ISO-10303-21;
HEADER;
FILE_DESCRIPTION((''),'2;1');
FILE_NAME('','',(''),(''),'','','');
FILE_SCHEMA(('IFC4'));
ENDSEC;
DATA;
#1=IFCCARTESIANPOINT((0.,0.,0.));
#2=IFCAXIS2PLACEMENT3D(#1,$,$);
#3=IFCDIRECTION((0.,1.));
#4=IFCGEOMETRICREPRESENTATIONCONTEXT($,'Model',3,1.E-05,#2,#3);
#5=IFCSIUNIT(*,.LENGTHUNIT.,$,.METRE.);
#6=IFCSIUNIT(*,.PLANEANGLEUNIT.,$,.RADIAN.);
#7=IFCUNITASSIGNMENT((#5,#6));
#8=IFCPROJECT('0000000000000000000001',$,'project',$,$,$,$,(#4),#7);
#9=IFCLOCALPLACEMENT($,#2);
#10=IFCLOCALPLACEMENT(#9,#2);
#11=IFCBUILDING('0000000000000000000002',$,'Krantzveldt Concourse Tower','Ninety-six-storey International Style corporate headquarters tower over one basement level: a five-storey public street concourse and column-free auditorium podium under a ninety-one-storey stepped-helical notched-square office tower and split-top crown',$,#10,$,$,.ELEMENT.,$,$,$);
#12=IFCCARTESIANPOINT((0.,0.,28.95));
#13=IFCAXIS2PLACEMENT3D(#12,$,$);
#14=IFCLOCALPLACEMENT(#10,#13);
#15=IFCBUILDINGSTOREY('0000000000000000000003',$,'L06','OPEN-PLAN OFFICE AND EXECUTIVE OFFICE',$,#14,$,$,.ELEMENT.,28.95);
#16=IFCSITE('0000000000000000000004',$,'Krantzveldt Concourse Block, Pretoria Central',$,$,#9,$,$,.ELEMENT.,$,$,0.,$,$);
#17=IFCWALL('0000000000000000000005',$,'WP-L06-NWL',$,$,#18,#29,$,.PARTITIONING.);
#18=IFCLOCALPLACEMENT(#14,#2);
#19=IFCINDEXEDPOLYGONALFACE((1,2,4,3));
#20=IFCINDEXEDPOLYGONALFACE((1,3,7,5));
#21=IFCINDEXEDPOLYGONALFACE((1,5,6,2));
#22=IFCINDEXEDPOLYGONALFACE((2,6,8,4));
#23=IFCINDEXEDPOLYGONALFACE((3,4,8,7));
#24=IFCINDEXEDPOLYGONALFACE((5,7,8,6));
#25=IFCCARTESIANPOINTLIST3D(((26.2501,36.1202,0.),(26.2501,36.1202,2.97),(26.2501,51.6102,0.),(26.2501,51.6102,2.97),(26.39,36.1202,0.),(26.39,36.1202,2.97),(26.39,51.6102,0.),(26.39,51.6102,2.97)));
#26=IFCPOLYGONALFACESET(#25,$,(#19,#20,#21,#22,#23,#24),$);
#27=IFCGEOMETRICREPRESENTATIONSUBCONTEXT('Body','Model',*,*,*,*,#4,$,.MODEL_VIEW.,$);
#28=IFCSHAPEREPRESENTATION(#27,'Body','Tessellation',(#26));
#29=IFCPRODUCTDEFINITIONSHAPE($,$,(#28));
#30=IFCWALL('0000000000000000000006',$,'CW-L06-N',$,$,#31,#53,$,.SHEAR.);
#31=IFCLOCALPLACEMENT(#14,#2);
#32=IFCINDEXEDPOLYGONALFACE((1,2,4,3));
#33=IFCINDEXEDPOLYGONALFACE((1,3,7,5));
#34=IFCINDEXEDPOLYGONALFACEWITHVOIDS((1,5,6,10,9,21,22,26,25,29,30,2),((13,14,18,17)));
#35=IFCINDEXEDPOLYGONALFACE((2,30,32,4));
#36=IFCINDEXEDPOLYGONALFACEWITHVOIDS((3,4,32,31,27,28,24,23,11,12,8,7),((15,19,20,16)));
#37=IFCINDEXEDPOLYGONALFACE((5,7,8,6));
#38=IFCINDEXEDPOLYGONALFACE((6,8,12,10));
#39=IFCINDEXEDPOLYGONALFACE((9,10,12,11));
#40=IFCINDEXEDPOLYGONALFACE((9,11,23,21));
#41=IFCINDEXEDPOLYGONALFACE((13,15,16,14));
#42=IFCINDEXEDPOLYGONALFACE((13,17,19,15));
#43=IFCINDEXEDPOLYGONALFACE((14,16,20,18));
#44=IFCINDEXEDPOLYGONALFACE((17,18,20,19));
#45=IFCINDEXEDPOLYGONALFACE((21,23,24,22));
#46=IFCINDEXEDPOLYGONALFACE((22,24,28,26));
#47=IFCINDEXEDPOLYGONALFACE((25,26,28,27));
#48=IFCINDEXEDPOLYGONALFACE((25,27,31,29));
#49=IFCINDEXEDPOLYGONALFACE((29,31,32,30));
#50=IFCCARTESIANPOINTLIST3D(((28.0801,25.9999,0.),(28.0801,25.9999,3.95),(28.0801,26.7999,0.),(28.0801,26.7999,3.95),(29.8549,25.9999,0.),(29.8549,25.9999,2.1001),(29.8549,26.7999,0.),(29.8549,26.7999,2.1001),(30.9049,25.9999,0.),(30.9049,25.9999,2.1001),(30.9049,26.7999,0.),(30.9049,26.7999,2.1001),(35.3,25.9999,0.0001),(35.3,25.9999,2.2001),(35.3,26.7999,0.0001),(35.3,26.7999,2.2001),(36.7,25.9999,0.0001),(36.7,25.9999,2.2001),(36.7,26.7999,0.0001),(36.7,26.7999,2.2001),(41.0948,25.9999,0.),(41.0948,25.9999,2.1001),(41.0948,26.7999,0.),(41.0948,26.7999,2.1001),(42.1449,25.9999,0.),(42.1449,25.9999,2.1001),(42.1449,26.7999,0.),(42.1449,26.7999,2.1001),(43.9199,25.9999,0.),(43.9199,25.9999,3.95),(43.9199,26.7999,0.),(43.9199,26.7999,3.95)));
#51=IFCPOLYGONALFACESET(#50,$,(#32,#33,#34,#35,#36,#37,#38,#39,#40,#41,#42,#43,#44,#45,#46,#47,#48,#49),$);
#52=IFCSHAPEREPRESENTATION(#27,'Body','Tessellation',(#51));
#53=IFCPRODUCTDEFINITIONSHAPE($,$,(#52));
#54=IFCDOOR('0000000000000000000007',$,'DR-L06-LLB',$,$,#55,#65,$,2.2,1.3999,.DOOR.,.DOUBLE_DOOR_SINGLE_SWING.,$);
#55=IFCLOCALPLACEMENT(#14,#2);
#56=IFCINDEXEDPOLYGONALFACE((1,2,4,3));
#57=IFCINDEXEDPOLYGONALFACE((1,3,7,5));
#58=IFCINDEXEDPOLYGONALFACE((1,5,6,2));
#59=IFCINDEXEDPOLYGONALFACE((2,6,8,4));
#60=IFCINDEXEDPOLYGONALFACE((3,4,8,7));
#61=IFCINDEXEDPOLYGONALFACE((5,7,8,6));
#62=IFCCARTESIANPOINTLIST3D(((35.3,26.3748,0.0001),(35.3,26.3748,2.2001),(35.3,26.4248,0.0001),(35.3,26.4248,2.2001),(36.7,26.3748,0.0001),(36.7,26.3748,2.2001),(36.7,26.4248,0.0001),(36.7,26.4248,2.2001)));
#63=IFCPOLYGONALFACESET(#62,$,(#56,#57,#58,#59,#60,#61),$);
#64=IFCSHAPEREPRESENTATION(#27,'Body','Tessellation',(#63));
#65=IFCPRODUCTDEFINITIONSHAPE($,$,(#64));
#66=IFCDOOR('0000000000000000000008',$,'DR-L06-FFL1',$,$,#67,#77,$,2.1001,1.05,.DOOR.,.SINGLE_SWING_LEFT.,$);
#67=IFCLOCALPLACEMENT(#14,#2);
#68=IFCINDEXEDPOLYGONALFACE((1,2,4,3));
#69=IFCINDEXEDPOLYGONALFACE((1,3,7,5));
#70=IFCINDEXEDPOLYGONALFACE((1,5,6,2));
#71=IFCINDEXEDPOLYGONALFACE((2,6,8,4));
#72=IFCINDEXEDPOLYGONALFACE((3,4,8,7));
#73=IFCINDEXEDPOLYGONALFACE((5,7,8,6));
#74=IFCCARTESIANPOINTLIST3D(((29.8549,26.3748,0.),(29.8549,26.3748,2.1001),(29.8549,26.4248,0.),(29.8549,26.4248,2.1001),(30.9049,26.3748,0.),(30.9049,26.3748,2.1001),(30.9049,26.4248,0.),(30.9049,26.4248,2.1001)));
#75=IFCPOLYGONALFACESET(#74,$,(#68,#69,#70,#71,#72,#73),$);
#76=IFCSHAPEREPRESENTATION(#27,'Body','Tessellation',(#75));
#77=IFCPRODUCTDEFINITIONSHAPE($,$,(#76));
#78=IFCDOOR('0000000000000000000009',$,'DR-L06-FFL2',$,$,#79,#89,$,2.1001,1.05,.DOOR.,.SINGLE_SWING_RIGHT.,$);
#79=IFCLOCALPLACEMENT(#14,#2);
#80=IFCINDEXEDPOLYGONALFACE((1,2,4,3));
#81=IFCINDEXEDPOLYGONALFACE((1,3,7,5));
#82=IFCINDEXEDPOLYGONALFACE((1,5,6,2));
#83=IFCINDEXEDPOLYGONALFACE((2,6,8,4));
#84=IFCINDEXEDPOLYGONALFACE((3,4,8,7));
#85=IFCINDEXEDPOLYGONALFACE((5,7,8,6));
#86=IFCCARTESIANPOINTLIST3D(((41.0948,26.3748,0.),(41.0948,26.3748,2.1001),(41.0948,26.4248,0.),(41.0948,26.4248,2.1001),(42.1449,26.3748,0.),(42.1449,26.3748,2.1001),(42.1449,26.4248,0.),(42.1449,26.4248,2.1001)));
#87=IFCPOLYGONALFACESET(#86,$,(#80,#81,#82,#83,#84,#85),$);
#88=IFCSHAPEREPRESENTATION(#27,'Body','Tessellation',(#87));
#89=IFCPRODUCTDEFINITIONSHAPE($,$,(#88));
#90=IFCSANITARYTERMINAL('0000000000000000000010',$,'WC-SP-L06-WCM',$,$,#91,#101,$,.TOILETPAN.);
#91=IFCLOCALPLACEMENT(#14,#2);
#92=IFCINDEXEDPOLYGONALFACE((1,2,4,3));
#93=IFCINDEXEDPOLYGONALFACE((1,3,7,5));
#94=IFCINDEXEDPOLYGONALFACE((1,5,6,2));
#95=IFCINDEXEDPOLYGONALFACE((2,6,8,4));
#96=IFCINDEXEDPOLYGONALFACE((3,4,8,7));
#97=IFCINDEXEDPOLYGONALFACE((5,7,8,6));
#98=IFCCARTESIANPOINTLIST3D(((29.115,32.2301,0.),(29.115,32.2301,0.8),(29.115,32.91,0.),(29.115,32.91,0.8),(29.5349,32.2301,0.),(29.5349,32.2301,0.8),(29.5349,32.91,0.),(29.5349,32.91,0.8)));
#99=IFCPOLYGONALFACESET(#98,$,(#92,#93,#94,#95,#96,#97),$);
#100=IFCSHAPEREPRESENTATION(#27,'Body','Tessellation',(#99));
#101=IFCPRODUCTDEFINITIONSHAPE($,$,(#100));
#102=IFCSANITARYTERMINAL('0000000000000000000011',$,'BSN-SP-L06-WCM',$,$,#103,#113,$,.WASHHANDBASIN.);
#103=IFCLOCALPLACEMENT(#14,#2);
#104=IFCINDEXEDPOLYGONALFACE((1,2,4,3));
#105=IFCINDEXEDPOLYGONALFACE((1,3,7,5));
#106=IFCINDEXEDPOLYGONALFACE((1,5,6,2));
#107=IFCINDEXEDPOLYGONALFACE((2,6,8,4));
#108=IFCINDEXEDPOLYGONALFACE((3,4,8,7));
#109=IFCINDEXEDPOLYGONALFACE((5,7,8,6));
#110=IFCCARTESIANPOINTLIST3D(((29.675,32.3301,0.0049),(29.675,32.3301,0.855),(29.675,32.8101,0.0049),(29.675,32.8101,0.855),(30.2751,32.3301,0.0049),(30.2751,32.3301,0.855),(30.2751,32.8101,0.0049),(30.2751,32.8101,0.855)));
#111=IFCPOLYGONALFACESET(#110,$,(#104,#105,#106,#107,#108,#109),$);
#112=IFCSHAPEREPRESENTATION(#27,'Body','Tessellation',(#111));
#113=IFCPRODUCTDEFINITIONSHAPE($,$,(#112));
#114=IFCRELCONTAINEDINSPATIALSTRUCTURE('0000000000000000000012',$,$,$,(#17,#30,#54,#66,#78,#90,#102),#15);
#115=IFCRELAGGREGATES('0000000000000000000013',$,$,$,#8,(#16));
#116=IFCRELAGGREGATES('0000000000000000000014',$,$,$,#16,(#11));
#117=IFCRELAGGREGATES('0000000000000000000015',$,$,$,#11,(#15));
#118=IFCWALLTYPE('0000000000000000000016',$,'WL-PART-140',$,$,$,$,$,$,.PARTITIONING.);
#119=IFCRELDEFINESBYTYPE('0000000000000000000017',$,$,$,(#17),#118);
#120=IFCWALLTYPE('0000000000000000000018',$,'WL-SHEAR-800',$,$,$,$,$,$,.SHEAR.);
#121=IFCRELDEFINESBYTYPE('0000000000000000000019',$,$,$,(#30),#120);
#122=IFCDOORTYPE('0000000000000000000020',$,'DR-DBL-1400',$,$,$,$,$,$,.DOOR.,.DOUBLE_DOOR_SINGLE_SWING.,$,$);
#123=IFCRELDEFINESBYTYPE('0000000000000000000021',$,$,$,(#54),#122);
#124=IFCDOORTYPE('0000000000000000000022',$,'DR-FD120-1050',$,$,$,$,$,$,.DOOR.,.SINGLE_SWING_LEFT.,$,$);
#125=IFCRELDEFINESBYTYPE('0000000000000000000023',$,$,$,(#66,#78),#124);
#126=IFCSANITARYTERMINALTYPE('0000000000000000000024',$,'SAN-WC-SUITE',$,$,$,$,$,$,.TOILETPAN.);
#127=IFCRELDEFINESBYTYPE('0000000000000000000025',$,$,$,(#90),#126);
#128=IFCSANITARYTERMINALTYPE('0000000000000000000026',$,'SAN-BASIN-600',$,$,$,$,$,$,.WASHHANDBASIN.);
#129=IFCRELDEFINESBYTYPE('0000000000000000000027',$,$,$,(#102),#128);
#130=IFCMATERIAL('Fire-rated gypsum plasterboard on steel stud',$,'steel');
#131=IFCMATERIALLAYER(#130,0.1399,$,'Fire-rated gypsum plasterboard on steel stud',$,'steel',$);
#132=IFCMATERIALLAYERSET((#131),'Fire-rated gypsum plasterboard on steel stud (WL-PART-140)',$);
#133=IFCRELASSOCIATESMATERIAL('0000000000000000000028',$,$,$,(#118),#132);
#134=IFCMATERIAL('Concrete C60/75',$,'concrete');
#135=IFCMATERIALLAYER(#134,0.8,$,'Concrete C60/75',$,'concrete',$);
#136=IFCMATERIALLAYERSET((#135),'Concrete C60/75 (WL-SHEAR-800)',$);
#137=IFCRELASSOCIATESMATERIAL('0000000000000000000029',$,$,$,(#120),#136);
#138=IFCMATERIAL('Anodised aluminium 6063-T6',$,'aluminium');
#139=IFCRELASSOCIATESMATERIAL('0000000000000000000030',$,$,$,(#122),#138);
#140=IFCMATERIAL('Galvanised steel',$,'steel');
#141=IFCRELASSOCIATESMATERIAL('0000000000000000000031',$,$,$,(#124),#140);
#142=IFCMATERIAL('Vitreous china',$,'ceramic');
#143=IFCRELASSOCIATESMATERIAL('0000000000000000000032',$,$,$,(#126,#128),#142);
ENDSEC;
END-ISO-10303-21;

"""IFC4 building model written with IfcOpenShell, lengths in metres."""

from ifc_helpers import new_model, si_unit, direction, frame, frame_2d, origin, origin_2d, place, context, subcontext, project, spatial, rectangle, extrude, source, transform, mapped, material, layer, layer_set, type_object, type_shapes, element, fill, save


model = new_model("IFC4")

# Units and contexts
model_context = context("Model", 3, precision=1e-05, world=origin(), true_north=direction((0.0, 1.0)))
body_context = subcontext(model_context, "Body", "Model", "MODEL_VIEW")
ifc_project = project(units=[si_unit("LENGTHUNIT", "METRE"), si_unit("PLANEANGLEUNIT", "RADIAN")], contexts=[model_context])

# Site, building, storey
site_placement = place(None, origin())
site = spatial("IfcSite", under=ifc_project, at=site_placement, Name="Krantzveldt Concourse Block, Pretoria Central", CompositionType="ELEMENT", RefElevation=0.0)
building_placement = place(site_placement, origin())
building = spatial("IfcBuilding", under=site, at=building_placement, Name="Krantzveldt Concourse Tower", Description="Ninety-six-storey International Style corporate headquarters tower over one basement level: a five-storey public street concourse and column-free auditorium podium under a ninety-one-storey stepped-helical notched-square office tower and split-top crown", CompositionType="ELEMENT")
storey_placement = place(building_placement, frame((0.0, 0.0, 28.95)))
storey = spatial("IfcBuildingStorey", under=building, at=storey_placement, Name="L06", Description="OPEN-PLAN OFFICE AND EXECUTIVE OFFICE", CompositionType="ELEMENT", Elevation=28.95)

# Shared definitions
ifc_material_1 = material(Name="Fire-rated gypsum plasterboard on steel stud", Category="steel")

# Shared definitions
ifc_layer_1 = layer(ifc_material_1, 0.1399, Name="Fire-rated gypsum plasterboard on steel stud", Category="steel")
ifc_layer_set_1 = layer_set([ifc_layer_1], Name="Fire-rated gypsum plasterboard on steel stud (WL-PART-140)")
wall_type_1 = type_object("IfcWallType", Name="WL-PART-140", PredefinedType="PARTITIONING", material=ifc_layer_set_1)

# Wall
wall_1_placement = place(storey_placement, frame((26.3201, 36.1201, 0.0), z_axis=(0.0, 0.0, 1.0), x_axis=(0.0, 1.0, 0.0)))
element("IfcWall", 1, at=wall_1_placement, inside=storey, type_object=wall_type_1, Name="WP-L06-NWL", PredefinedType="PARTITIONING", context=body_context, shape_type="SweptSolid", body=[
    extrude(rectangle(XDim=15.49, YDim=0.1399, at=frame_2d((7.7451, 0.0))), origin(), (0.0, 0.0, 1.0), 2.97),
])

# Wall, openings, doors
ifc_material_2 = material(Name="Concrete C60/75", Category="concrete")
ifc_layer_2 = layer(ifc_material_2, 0.8, Name="Concrete C60/75", Category="concrete")
ifc_layer_set_2 = layer_set([ifc_layer_2], Name="Concrete C60/75 (WL-SHEAR-800)")
wall_type_2 = type_object("IfcWallType", Name="WL-SHEAR-800", PredefinedType="SHEAR", material=ifc_layer_set_2)
wall_2_placement = place(storey_placement, frame((28.0801, 26.3999, 0.0), z_axis=(0.0, 0.0, 1.0), x_axis=(1.0, 0.0, 0.0)))
wall_2 = element("IfcWall", 2, at=wall_2_placement, inside=storey, type_object=wall_type_2, Name="CW-L06-N", PredefinedType="SHEAR", context=body_context, shape_type="SweptSolid", body=[
    extrude(rectangle(XDim=15.8398, YDim=0.8, at=frame_2d((7.9199, 0.0))), origin(), (0.0, 0.0, 1.0), 3.95),
])
opening_1_placement = place(wall_2_placement, frame((7.22, 0.0, 0.0)))
opening_1 = element("IfcOpeningElement", 3, at=opening_1_placement, cuts=wall_2, PredefinedType="OPENING", context=body_context, shape_type="SweptSolid", body=[
    extrude(rectangle(XDim=1.3999, YDim=2.2, at=frame_2d((0.7, 1.1001))), frame((0.0, 0.4102, 0.0), z_axis=(0.0, -1.0, 0.0), x_axis=(1.0, 0.0, 0.0)), (0.0, 0.0, 1.0), 0.8201),
])
opening_2_placement = place(wall_2_placement, frame((1.7749, 0.0, 0.0)))
opening_2 = element("IfcOpeningElement", 4, at=opening_2_placement, cuts=wall_2, PredefinedType="OPENING", context=body_context, shape_type="SweptSolid", body=[
    extrude(rectangle(XDim=1.05, YDim=2.1001, at=frame_2d((0.5249, 1.05))), frame((0.0, 0.4102, 0.0), z_axis=(0.0, -1.0, 0.0), x_axis=(1.0, 0.0, 0.0)), (0.0, 0.0, 1.0), 0.8201),
])
opening_3_placement = place(wall_2_placement, frame((13.0149, 0.0, 0.0)))
opening_3 = element("IfcOpeningElement", 5, at=opening_3_placement, cuts=wall_2, PredefinedType="OPENING", context=body_context, shape_type="SweptSolid", body=[
    extrude(rectangle(XDim=1.05, YDim=2.1001, at=frame_2d((0.5249, 1.05))), frame((0.0, 0.4102, 0.0), z_axis=(0.0, -1.0, 0.0), x_axis=(1.0, 0.0, 0.0)), (0.0, 0.0, 1.0), 0.8201),
])
ifc_material_3 = material(Name="Anodised aluminium 6063-T6", Category="aluminium")
door_type_1 = type_object("IfcDoorType", Name="DR-DBL-1400", OperationType="DOUBLE_DOOR_SINGLE_SWING", PredefinedType="DOOR", material=ifc_material_3)
door_1_placement = place(opening_1_placement, origin())
door_1 = element("IfcDoor", 6, at=door_1_placement, inside=storey, type_object=door_type_1, Name="DR-L06-LLB", OperationType="DOUBLE_DOOR_SINGLE_SWING", OverallHeight=2.2, OverallWidth=1.3999, PredefinedType="DOOR", context=body_context, shape_type="SweptSolid", body=[
    extrude(rectangle(XDim=1.3999, YDim=2.2, at=frame_2d((0.7, 1.1001))), frame((0.0, 0.0249, 0.0), z_axis=(0.0, -1.0, 0.0), x_axis=(1.0, 0.0, 0.0)), (0.0, 0.0, 1.0), 0.05),
])
fill(opening_1, door_1)
ifc_material_4 = material(Name="Galvanised steel", Category="steel")
door_type_2 = type_object("IfcDoorType", Name="DR-FD120-1050", OperationType="SINGLE_SWING_LEFT", PredefinedType="DOOR", material=ifc_material_4)
door_2_placement = place(opening_2_placement, origin())
door_2 = element("IfcDoor", 7, at=door_2_placement, inside=storey, type_object=door_type_2, Name="DR-L06-FFL1", OperationType="SINGLE_SWING_LEFT", OverallHeight=2.1001, OverallWidth=1.05, PredefinedType="DOOR", context=body_context, shape_type="SweptSolid", body=[
    extrude(rectangle(XDim=1.05, YDim=2.1001, at=frame_2d((0.5249, 1.05))), frame((0.0, 0.0249, 0.0), z_axis=(0.0, -1.0, 0.0), x_axis=(1.0, 0.0, 0.0)), (0.0, 0.0, 1.0), 0.05),
])
fill(opening_2, door_2)
door_3_placement = place(opening_3_placement, origin())
door_3 = element("IfcDoor", 8, at=door_3_placement, inside=storey, type_object=door_type_2, Name="DR-L06-FFL2", OperationType="SINGLE_SWING_RIGHT", OverallHeight=2.1001, OverallWidth=1.05, PredefinedType="DOOR", context=body_context, shape_type="SweptSolid", body=[
    extrude(rectangle(XDim=1.05, YDim=2.1001, at=frame_2d((0.5249, 1.05))), frame((0.0, 0.0249, 0.0), z_axis=(0.0, -1.0, 0.0), x_axis=(1.0, 0.0, 0.0)), (0.0, 0.0, 1.0), 0.05),
])
fill(opening_3, door_3)

# Sanitary terminals
ifc_material_5 = material(Name="Vitreous china", Category="ceramic")
sanitary_terminal_type_1 = type_object("IfcSanitaryTerminalType", Name="SAN-WC-SUITE", PredefinedType="TOILETPAN", material=ifc_material_5)
shared_shape_1 = source(origin(), body_context, "Body", "SweptSolid", [
    extrude(rectangle(XDim=0.4199, YDim=0.6799, at=origin_2d()), origin(), (0.0, 0.0, 1.0), 0.8),
])
type_shapes(sanitary_terminal_type_1, [shared_shape_1])
sanitary_terminal_1_placement = place(storey_placement, frame((29.325, 32.5701, 0.0), z_axis=(0.0, 0.0, 1.0), x_axis=(1.0, 0.0, 0.0)))
element("IfcSanitaryTerminal", 9, at=sanitary_terminal_1_placement, inside=storey, type_object=sanitary_terminal_type_1, Name="WC-SP-L06-WCM", PredefinedType="TOILETPAN", context=body_context, shape_type="MappedRepresentation", body=[
    mapped(shared_shape_1, transform((0.0, 0.0, 0.0), x_axis=(1.0, 0.0, 0.0), y_axis=(0.0, 1.0, 0.0), z_axis=(0.0, 0.0, 1.0), scale=1.0)),
])
sanitary_terminal_type_2 = type_object("IfcSanitaryTerminalType", Name="SAN-BASIN-600", PredefinedType="WASHHANDBASIN", material=ifc_material_5)
shared_shape_2 = source(origin(), body_context, "Body", "SweptSolid", [
    extrude(rectangle(XDim=0.6001, YDim=0.48, at=origin_2d()), origin(), (0.0, 0.0, 1.0), 0.8501),
])
type_shapes(sanitary_terminal_type_2, [shared_shape_2])
sanitary_terminal_2_placement = place(storey_placement, frame((29.9751, 32.5701, 0.0049), z_axis=(0.0, 0.0, 1.0), x_axis=(1.0, 0.0, 0.0)))
element("IfcSanitaryTerminal", 10, at=sanitary_terminal_2_placement, inside=storey, type_object=sanitary_terminal_type_2, Name="BSN-SP-L06-WCM", PredefinedType="WASHHANDBASIN", context=body_context, shape_type="MappedRepresentation", body=[
    mapped(shared_shape_2, transform((0.0, 0.0, 0.0), x_axis=(1.0, 0.0, 0.0), y_axis=(0.0, 1.0, 0.0), z_axis=(0.0, 0.0, 1.0), scale=1.0)),
])

save(model, "model.ifc")
